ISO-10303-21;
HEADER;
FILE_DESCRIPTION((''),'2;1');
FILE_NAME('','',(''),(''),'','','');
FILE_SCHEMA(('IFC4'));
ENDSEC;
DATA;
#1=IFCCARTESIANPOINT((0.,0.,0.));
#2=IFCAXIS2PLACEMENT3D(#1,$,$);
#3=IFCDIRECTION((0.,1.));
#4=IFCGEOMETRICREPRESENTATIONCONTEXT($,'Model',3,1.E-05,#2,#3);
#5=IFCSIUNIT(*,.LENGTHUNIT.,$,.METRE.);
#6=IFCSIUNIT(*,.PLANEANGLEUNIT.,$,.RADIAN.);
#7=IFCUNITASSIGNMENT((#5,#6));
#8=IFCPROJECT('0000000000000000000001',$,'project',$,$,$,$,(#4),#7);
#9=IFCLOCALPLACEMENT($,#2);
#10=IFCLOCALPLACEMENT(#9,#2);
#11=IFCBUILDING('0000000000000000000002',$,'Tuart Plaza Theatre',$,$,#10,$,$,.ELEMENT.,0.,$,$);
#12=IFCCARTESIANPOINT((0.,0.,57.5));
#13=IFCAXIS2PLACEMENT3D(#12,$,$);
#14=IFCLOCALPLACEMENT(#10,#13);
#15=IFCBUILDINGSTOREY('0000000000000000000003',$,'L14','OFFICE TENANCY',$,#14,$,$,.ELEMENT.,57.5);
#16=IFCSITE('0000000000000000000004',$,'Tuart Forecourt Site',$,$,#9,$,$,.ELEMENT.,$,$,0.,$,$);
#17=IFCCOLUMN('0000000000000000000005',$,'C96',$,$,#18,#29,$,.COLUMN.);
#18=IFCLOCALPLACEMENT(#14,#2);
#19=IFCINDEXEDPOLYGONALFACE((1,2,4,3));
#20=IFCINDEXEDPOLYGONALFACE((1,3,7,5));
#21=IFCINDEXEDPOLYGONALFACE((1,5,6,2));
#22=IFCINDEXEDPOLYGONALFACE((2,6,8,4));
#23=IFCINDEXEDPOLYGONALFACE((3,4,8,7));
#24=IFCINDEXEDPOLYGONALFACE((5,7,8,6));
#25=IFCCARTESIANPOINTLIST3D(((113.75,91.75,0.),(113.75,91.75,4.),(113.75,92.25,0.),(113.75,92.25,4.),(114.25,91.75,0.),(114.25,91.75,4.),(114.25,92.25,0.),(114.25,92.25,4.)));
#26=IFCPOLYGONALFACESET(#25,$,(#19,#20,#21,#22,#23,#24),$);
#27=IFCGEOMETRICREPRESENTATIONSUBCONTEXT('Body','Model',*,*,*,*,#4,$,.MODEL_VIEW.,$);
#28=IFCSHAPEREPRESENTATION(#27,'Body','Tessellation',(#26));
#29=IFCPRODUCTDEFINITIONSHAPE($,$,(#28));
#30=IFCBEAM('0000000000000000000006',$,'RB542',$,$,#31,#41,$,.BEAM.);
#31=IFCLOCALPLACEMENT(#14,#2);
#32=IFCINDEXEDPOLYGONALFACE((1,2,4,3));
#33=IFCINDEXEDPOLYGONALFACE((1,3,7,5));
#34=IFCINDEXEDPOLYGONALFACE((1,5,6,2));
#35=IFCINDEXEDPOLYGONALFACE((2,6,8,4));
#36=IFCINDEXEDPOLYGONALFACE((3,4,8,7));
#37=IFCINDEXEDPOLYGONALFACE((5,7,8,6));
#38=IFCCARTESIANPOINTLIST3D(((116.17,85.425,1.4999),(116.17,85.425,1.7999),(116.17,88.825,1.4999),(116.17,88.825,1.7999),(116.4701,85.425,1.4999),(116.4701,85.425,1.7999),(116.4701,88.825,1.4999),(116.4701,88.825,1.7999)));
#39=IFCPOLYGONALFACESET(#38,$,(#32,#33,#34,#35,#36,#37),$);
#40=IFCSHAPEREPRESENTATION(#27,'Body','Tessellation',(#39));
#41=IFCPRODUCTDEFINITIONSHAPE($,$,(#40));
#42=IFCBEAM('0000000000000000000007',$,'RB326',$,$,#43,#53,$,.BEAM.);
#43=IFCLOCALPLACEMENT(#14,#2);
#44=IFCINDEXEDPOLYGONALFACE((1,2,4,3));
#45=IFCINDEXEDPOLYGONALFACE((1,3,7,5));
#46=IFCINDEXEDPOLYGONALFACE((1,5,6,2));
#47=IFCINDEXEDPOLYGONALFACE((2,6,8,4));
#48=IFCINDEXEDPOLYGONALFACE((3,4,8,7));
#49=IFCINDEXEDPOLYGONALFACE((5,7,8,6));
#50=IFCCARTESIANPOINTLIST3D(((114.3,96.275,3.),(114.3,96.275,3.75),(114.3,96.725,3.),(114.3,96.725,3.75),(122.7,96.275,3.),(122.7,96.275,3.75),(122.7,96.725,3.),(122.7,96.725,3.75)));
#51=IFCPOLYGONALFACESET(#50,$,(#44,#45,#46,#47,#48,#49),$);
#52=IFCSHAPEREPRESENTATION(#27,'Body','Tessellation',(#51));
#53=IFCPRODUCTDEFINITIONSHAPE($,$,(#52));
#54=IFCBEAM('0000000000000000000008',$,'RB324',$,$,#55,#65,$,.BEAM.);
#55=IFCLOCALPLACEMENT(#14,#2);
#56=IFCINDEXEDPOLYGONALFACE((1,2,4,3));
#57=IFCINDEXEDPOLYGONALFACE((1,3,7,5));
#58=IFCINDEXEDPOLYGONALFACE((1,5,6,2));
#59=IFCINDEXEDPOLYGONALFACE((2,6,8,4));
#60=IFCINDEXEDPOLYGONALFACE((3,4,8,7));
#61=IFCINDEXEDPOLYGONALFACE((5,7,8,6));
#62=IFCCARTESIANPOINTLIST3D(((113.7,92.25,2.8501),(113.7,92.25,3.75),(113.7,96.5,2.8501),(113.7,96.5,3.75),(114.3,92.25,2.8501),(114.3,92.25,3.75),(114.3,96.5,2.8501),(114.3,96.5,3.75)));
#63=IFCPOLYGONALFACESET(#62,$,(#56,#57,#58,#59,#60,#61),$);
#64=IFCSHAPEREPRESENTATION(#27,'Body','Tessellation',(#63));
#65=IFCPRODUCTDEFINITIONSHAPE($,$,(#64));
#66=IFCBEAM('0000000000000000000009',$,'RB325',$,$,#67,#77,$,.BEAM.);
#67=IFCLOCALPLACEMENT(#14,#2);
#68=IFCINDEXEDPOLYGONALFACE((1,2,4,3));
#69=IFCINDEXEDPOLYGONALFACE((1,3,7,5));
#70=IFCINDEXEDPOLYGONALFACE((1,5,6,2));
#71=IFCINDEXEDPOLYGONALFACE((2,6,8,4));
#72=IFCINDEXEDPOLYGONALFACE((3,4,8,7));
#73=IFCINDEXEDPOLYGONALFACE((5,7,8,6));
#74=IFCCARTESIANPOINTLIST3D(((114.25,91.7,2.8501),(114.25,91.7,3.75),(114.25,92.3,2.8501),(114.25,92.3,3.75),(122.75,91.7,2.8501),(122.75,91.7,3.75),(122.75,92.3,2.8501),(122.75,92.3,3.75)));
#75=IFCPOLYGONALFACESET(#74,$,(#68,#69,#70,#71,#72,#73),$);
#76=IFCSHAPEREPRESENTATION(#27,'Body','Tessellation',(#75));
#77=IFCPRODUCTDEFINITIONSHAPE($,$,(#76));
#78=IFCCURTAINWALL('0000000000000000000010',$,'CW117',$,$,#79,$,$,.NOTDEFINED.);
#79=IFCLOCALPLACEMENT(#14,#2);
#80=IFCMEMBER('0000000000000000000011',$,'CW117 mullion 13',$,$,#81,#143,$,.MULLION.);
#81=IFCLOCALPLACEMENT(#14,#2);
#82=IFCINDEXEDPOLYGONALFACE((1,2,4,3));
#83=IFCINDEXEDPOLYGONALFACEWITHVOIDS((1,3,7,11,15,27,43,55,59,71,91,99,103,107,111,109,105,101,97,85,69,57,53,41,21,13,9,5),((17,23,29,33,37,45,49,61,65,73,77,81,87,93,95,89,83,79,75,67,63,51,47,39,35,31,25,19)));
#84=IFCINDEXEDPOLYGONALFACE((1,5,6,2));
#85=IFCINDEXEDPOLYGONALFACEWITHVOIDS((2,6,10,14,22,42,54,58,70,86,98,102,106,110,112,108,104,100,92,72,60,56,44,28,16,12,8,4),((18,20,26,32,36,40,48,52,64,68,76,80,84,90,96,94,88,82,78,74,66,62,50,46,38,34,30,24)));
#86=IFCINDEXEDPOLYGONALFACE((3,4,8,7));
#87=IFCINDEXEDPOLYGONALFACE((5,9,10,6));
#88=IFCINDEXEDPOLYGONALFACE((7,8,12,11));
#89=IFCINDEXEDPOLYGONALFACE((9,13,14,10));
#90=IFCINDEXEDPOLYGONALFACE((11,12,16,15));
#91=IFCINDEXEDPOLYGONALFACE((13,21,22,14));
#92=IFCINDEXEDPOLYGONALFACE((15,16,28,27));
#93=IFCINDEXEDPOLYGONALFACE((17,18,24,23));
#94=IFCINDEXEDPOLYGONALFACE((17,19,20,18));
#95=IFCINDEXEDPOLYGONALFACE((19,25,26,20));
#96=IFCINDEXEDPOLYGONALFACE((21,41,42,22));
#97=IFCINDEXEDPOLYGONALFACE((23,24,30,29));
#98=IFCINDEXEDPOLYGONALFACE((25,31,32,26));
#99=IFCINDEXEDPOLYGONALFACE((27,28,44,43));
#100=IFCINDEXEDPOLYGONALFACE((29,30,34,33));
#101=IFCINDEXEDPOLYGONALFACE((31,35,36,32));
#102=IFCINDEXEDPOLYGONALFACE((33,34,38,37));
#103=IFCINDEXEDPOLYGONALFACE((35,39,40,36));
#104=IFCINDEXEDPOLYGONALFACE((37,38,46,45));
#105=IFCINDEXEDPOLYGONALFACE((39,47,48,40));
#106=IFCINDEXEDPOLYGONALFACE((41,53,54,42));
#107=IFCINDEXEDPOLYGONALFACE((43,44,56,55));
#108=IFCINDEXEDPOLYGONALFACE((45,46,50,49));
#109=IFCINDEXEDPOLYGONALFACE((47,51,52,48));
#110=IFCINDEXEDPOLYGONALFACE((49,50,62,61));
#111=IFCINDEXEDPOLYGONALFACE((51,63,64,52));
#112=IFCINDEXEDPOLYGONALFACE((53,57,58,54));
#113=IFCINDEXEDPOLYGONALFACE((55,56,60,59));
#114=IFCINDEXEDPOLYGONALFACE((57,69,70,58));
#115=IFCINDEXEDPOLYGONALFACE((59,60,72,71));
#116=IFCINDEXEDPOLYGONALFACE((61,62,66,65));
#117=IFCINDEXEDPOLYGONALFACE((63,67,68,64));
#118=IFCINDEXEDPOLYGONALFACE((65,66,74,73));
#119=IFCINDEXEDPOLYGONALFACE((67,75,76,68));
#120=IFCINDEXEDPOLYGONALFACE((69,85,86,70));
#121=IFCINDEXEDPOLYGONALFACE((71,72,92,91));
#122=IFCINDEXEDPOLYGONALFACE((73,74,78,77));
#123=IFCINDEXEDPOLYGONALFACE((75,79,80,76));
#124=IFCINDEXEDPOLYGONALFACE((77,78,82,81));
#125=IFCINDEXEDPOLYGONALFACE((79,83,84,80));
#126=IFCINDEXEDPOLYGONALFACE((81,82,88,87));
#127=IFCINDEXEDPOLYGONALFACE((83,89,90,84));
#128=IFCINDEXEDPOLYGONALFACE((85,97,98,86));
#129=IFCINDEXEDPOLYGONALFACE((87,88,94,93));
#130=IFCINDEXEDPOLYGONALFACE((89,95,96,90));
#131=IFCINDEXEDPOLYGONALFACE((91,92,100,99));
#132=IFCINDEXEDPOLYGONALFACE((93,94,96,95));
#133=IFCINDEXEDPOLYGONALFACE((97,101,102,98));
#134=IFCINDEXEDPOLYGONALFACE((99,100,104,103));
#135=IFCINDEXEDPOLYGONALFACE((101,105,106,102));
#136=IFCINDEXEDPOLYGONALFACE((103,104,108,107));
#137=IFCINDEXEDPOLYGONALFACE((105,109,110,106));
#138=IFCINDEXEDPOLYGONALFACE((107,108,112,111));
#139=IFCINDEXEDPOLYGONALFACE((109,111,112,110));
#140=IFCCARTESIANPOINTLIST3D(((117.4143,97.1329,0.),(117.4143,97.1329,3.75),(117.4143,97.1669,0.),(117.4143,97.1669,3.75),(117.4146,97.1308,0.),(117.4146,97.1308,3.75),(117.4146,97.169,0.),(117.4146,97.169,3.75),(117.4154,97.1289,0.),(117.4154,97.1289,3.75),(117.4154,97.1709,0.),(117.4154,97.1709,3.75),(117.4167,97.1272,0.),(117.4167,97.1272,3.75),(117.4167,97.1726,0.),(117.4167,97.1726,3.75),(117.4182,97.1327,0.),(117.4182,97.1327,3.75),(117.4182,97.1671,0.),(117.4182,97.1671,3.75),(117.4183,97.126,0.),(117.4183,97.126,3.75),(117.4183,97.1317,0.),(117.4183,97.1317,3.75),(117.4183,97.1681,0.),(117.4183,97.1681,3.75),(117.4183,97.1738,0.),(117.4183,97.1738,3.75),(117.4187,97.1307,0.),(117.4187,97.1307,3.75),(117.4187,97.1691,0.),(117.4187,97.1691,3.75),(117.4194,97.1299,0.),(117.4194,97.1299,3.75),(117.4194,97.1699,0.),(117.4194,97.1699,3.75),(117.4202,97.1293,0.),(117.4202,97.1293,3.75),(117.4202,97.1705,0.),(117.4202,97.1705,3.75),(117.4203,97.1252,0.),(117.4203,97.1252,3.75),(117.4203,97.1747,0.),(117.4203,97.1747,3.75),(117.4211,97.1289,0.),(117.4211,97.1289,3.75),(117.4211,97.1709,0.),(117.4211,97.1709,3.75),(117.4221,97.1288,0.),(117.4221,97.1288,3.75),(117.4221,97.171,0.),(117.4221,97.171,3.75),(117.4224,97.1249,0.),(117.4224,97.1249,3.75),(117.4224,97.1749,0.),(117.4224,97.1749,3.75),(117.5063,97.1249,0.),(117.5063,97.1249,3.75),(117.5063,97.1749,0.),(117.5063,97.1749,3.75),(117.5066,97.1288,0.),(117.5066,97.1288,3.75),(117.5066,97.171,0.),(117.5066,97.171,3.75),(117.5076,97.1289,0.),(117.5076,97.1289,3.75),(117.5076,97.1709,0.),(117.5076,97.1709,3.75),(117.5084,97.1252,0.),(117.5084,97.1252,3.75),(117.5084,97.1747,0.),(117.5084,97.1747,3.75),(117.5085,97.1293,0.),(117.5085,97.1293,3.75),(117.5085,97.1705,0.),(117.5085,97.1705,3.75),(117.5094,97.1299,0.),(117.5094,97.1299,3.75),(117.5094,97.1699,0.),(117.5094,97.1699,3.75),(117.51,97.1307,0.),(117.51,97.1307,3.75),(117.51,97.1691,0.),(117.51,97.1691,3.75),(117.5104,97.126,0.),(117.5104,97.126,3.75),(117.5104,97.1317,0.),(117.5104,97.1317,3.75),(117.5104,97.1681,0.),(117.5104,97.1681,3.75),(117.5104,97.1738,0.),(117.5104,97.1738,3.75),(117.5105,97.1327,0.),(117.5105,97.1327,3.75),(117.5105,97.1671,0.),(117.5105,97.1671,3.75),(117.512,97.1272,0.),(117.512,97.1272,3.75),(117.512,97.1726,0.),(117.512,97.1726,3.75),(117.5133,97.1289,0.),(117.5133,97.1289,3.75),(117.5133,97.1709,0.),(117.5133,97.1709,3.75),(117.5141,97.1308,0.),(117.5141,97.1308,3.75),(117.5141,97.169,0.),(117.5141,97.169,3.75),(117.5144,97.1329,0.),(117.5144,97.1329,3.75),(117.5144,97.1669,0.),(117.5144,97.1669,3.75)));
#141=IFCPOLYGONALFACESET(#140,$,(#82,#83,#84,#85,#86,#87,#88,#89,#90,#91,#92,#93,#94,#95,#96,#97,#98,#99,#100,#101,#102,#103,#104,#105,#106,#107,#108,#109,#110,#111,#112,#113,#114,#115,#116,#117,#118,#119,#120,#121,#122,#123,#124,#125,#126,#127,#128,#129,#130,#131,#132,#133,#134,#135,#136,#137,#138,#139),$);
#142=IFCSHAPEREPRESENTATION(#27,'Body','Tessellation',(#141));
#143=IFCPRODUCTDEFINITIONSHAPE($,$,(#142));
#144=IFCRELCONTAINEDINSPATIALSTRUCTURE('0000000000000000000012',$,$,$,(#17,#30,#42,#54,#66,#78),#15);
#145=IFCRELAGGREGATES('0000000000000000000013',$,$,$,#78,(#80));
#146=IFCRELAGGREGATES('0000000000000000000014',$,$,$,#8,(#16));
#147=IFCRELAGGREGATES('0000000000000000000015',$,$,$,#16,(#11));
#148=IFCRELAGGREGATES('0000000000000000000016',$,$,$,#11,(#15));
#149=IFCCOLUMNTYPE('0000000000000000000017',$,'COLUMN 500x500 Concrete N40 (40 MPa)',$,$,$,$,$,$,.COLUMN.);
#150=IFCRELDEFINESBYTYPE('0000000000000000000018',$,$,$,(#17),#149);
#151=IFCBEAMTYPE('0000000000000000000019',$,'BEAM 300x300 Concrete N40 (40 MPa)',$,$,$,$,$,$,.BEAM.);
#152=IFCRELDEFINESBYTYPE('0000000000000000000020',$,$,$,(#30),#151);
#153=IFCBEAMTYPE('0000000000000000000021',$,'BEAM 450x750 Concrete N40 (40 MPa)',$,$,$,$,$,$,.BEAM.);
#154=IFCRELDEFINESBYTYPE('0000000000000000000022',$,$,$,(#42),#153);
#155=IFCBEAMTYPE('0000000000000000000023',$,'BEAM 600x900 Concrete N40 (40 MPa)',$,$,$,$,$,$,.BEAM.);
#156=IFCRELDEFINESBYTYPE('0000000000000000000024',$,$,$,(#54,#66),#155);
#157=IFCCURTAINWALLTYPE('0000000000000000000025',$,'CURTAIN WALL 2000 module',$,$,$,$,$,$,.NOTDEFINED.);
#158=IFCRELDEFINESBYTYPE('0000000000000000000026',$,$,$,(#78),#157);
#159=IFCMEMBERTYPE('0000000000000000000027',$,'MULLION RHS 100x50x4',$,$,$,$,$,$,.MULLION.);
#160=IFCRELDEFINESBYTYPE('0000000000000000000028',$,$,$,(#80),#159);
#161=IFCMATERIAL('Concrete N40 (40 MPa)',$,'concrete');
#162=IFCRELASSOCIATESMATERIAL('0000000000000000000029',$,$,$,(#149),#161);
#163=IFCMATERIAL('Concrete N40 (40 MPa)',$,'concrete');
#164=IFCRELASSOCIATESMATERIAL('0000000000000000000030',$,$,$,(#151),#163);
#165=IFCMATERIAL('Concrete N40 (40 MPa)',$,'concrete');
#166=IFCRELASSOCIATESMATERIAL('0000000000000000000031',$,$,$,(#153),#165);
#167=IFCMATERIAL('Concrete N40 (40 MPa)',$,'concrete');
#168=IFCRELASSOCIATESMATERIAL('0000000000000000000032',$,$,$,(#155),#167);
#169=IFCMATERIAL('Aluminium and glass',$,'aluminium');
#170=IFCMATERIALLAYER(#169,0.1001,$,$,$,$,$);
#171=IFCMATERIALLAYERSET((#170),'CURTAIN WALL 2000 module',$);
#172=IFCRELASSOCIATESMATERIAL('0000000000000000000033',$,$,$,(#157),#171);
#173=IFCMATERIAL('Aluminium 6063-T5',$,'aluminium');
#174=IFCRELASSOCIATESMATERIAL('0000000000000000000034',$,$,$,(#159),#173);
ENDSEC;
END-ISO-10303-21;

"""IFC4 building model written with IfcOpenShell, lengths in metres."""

from ifc_helpers import new_model, si_unit, direction, frame, origin, origin_2d, place, context, subcontext, project, spatial, rectangle, hollow_rectangle, extrude, material, layer, layer_set, material_profile, profile_set, type_object, element, aggregate, save


model = new_model("IFC4")

# Units and contexts
model_context = context("Model", 3, precision=1e-05, world=origin(), true_north=direction((0.0, 1.0)))
body_context = subcontext(model_context, "Body", "Model", "MODEL_VIEW")
ifc_project = project(units=[si_unit("LENGTHUNIT", "METRE"), si_unit("PLANEANGLEUNIT", "RADIAN")], contexts=[model_context])

# Site, building, storey
site_placement = place(None, origin())
site = spatial("IfcSite", under=ifc_project, at=site_placement, Name="Tuart Forecourt Site", CompositionType="ELEMENT", RefElevation=0.0)
building_placement = place(site_placement, origin())
building = spatial("IfcBuilding", under=site, at=building_placement, Name="Tuart Plaza Theatre", CompositionType="ELEMENT", ElevationOfRefHeight=0.0)
storey_placement = place(building_placement, frame((0.0, 0.0, 57.5)))
storey = spatial("IfcBuildingStorey", under=building, at=storey_placement, Name="L14", Description="OFFICE TENANCY", CompositionType="ELEMENT", Elevation=57.5)

# Column
ifc_material_1 = material(Name="Concrete N40 (40 MPa)", Category="concrete")
ifc_material_profile_1 = material_profile(ifc_material_1, rectangle(XDim=0.5, YDim=0.5, at=origin_2d()), Name="COLUMN 500x500 Concrete N40 (40 MPa)")
ifc_profile_set_1 = profile_set([ifc_material_profile_1], Name="Concrete N40 (40 MPa)")
column_type = type_object("IfcColumnType", Name="COLUMN 500x500 Concrete N40 (40 MPa)", PredefinedType="COLUMN", material=ifc_profile_set_1)
column_placement = place(storey_placement, frame((114.0, 92.0, 0.0), z_axis=(0.0, 0.0, 1.0), x_axis=(1.0, 0.0, 0.0)))
element("IfcColumn", 1, at=column_placement, inside=storey, type_object=column_type, Name="C96", PredefinedType="COLUMN", context=body_context, shape_type="SweptSolid", body=[
    extrude(rectangle(XDim=0.5, YDim=0.5, at=origin_2d()), origin(), (0.0, 0.0, 1.0), 4.0),
])

# Beams
ifc_material_2 = material(Name="Concrete N40 (40 MPa)", Category="concrete")
ifc_material_profile_2 = material_profile(ifc_material_2, rectangle(XDim=0.3, YDim=0.3, at=origin_2d()), Name="BEAM 300x300 Concrete N40 (40 MPa)")
ifc_profile_set_2 = profile_set([ifc_material_profile_2], Name="Concrete N40 (40 MPa)")
beam_type_1 = type_object("IfcBeamType", Name="BEAM 300x300 Concrete N40 (40 MPa)", PredefinedType="BEAM", material=ifc_profile_set_2)
beam_1_placement = place(storey_placement, frame((116.3201, 88.825, 1.6499), z_axis=(0.0, -1.0, 0.0), x_axis=(1.0, 0.0, 0.0)))
element("IfcBeam", 2, at=beam_1_placement, inside=storey, type_object=beam_type_1, Name="RB542", PredefinedType="BEAM", context=body_context, shape_type="SweptSolid", body=[
    extrude(rectangle(XDim=0.3, YDim=0.3, at=origin_2d()), origin(), (0.0, 0.0, 1.0), 3.3999),
])
ifc_material_3 = material(Name="Concrete N40 (40 MPa)", Category="concrete")
ifc_material_profile_3 = material_profile(ifc_material_3, rectangle(XDim=0.45, YDim=0.75, at=origin_2d()), Name="BEAM 450x750 Concrete N40 (40 MPa)")
ifc_profile_set_3 = profile_set([ifc_material_profile_3], Name="Concrete N40 (40 MPa)")
beam_type_2 = type_object("IfcBeamType", Name="BEAM 450x750 Concrete N40 (40 MPa)", PredefinedType="BEAM", material=ifc_profile_set_3)
beam_2_placement = place(storey_placement, frame((114.3, 96.5, 3.375), z_axis=(1.0, 0.0, 0.0), x_axis=(0.0, 1.0, 0.0)))
element("IfcBeam", 3, at=beam_2_placement, inside=storey, type_object=beam_type_2, Name="RB326", PredefinedType="BEAM", context=body_context, shape_type="SweptSolid", body=[
    extrude(rectangle(XDim=0.45, YDim=0.75, at=origin_2d()), origin(), (0.0, 0.0, 1.0), 8.3999),
])
ifc_material_4 = material(Name="Concrete N40 (40 MPa)", Category="concrete")
ifc_material_profile_4 = material_profile(ifc_material_4, rectangle(XDim=0.6001, YDim=0.8999, at=origin_2d()), Name="BEAM 600x900 Concrete N40 (40 MPa)")
ifc_profile_set_4 = profile_set([ifc_material_profile_4], Name="Concrete N40 (40 MPa)")
beam_type_3 = type_object("IfcBeamType", Name="BEAM 600x900 Concrete N40 (40 MPa)", PredefinedType="BEAM", material=ifc_profile_set_4)
beam_3_placement = place(storey_placement, frame((114.0, 92.25, 3.3), z_axis=(0.0, 1.0, 0.0), x_axis=(-1.0, 0.0, 0.0)))
element("IfcBeam", 4, at=beam_3_placement, inside=storey, type_object=beam_type_3, Name="RB324", PredefinedType="BEAM", context=body_context, shape_type="SweptSolid", body=[
    extrude(rectangle(XDim=0.6001, YDim=0.8999, at=origin_2d()), origin(), (0.0, 0.0, 1.0), 4.25),
])
beam_4_placement = place(storey_placement, frame((114.25, 92.0, 3.3), z_axis=(1.0, 0.0, 0.0), x_axis=(0.0, 1.0, 0.0)))
element("IfcBeam", 5, at=beam_4_placement, inside=storey, type_object=beam_type_3, Name="RB325", PredefinedType="BEAM", context=body_context, shape_type="SweptSolid", body=[
    extrude(rectangle(XDim=0.6001, YDim=0.8999, at=origin_2d()), origin(), (0.0, 0.0, 1.0), 8.5),
])

# Curtain wall, member
ifc_material_5 = material(Name="Aluminium and glass", Category="aluminium")
ifc_layer_1 = layer(ifc_material_5, 0.1001)
ifc_layer_set_1 = layer_set([ifc_layer_1], Name="CURTAIN WALL 2000 module")
curtain_wall_type = type_object("IfcCurtainWallType", Name="CURTAIN WALL 2000 module", PredefinedType="NOTDEFINED", material=ifc_layer_set_1)
curtain_wall_placement = place(storey_placement, origin())
curtain_wall = element("IfcCurtainWall", 6, at=curtain_wall_placement, inside=storey, type_object=curtain_wall_type, Name="CW117", PredefinedType="NOTDEFINED")
ifc_material_6 = material(Name="Aluminium 6063-T5", Category="aluminium")
ifc_material_profile_5 = material_profile(ifc_material_6, hollow_rectangle(XDim=0.05, YDim=0.1001, WallThickness=0.0039, InnerFilletRadius=0.0039, OuterFilletRadius=0.0081, at=origin_2d()), Name="RHS 100x50x4")
ifc_profile_set_5 = profile_set([ifc_material_profile_5], Name="Aluminium 6063-T5")
member_type_1 = type_object("IfcMemberType", Name="MULLION RHS 100x50x4", PredefinedType="MULLION", material=ifc_profile_set_5)
member_1_placement = place(storey_placement, frame((117.4644, 97.1499, 0.0), z_axis=(0.0, 0.0, 1.0), x_axis=(0.0, -1.0, 0.0)))
member_1 = element("IfcMember", 7, at=member_1_placement, type_object=member_type_1, Name="CW117 mullion 13", PredefinedType="MULLION", context=body_context, shape_type="SweptSolid", body=[
    extrude(hollow_rectangle(XDim=0.05, YDim=0.1001, WallThickness=0.0039, InnerFilletRadius=0.0039, OuterFilletRadius=0.0081, at=origin_2d()), origin(), (0.0, 0.0, 1.0), 3.75),
])
aggregate(curtain_wall, [member_1])

save(model, "model.ifc")
